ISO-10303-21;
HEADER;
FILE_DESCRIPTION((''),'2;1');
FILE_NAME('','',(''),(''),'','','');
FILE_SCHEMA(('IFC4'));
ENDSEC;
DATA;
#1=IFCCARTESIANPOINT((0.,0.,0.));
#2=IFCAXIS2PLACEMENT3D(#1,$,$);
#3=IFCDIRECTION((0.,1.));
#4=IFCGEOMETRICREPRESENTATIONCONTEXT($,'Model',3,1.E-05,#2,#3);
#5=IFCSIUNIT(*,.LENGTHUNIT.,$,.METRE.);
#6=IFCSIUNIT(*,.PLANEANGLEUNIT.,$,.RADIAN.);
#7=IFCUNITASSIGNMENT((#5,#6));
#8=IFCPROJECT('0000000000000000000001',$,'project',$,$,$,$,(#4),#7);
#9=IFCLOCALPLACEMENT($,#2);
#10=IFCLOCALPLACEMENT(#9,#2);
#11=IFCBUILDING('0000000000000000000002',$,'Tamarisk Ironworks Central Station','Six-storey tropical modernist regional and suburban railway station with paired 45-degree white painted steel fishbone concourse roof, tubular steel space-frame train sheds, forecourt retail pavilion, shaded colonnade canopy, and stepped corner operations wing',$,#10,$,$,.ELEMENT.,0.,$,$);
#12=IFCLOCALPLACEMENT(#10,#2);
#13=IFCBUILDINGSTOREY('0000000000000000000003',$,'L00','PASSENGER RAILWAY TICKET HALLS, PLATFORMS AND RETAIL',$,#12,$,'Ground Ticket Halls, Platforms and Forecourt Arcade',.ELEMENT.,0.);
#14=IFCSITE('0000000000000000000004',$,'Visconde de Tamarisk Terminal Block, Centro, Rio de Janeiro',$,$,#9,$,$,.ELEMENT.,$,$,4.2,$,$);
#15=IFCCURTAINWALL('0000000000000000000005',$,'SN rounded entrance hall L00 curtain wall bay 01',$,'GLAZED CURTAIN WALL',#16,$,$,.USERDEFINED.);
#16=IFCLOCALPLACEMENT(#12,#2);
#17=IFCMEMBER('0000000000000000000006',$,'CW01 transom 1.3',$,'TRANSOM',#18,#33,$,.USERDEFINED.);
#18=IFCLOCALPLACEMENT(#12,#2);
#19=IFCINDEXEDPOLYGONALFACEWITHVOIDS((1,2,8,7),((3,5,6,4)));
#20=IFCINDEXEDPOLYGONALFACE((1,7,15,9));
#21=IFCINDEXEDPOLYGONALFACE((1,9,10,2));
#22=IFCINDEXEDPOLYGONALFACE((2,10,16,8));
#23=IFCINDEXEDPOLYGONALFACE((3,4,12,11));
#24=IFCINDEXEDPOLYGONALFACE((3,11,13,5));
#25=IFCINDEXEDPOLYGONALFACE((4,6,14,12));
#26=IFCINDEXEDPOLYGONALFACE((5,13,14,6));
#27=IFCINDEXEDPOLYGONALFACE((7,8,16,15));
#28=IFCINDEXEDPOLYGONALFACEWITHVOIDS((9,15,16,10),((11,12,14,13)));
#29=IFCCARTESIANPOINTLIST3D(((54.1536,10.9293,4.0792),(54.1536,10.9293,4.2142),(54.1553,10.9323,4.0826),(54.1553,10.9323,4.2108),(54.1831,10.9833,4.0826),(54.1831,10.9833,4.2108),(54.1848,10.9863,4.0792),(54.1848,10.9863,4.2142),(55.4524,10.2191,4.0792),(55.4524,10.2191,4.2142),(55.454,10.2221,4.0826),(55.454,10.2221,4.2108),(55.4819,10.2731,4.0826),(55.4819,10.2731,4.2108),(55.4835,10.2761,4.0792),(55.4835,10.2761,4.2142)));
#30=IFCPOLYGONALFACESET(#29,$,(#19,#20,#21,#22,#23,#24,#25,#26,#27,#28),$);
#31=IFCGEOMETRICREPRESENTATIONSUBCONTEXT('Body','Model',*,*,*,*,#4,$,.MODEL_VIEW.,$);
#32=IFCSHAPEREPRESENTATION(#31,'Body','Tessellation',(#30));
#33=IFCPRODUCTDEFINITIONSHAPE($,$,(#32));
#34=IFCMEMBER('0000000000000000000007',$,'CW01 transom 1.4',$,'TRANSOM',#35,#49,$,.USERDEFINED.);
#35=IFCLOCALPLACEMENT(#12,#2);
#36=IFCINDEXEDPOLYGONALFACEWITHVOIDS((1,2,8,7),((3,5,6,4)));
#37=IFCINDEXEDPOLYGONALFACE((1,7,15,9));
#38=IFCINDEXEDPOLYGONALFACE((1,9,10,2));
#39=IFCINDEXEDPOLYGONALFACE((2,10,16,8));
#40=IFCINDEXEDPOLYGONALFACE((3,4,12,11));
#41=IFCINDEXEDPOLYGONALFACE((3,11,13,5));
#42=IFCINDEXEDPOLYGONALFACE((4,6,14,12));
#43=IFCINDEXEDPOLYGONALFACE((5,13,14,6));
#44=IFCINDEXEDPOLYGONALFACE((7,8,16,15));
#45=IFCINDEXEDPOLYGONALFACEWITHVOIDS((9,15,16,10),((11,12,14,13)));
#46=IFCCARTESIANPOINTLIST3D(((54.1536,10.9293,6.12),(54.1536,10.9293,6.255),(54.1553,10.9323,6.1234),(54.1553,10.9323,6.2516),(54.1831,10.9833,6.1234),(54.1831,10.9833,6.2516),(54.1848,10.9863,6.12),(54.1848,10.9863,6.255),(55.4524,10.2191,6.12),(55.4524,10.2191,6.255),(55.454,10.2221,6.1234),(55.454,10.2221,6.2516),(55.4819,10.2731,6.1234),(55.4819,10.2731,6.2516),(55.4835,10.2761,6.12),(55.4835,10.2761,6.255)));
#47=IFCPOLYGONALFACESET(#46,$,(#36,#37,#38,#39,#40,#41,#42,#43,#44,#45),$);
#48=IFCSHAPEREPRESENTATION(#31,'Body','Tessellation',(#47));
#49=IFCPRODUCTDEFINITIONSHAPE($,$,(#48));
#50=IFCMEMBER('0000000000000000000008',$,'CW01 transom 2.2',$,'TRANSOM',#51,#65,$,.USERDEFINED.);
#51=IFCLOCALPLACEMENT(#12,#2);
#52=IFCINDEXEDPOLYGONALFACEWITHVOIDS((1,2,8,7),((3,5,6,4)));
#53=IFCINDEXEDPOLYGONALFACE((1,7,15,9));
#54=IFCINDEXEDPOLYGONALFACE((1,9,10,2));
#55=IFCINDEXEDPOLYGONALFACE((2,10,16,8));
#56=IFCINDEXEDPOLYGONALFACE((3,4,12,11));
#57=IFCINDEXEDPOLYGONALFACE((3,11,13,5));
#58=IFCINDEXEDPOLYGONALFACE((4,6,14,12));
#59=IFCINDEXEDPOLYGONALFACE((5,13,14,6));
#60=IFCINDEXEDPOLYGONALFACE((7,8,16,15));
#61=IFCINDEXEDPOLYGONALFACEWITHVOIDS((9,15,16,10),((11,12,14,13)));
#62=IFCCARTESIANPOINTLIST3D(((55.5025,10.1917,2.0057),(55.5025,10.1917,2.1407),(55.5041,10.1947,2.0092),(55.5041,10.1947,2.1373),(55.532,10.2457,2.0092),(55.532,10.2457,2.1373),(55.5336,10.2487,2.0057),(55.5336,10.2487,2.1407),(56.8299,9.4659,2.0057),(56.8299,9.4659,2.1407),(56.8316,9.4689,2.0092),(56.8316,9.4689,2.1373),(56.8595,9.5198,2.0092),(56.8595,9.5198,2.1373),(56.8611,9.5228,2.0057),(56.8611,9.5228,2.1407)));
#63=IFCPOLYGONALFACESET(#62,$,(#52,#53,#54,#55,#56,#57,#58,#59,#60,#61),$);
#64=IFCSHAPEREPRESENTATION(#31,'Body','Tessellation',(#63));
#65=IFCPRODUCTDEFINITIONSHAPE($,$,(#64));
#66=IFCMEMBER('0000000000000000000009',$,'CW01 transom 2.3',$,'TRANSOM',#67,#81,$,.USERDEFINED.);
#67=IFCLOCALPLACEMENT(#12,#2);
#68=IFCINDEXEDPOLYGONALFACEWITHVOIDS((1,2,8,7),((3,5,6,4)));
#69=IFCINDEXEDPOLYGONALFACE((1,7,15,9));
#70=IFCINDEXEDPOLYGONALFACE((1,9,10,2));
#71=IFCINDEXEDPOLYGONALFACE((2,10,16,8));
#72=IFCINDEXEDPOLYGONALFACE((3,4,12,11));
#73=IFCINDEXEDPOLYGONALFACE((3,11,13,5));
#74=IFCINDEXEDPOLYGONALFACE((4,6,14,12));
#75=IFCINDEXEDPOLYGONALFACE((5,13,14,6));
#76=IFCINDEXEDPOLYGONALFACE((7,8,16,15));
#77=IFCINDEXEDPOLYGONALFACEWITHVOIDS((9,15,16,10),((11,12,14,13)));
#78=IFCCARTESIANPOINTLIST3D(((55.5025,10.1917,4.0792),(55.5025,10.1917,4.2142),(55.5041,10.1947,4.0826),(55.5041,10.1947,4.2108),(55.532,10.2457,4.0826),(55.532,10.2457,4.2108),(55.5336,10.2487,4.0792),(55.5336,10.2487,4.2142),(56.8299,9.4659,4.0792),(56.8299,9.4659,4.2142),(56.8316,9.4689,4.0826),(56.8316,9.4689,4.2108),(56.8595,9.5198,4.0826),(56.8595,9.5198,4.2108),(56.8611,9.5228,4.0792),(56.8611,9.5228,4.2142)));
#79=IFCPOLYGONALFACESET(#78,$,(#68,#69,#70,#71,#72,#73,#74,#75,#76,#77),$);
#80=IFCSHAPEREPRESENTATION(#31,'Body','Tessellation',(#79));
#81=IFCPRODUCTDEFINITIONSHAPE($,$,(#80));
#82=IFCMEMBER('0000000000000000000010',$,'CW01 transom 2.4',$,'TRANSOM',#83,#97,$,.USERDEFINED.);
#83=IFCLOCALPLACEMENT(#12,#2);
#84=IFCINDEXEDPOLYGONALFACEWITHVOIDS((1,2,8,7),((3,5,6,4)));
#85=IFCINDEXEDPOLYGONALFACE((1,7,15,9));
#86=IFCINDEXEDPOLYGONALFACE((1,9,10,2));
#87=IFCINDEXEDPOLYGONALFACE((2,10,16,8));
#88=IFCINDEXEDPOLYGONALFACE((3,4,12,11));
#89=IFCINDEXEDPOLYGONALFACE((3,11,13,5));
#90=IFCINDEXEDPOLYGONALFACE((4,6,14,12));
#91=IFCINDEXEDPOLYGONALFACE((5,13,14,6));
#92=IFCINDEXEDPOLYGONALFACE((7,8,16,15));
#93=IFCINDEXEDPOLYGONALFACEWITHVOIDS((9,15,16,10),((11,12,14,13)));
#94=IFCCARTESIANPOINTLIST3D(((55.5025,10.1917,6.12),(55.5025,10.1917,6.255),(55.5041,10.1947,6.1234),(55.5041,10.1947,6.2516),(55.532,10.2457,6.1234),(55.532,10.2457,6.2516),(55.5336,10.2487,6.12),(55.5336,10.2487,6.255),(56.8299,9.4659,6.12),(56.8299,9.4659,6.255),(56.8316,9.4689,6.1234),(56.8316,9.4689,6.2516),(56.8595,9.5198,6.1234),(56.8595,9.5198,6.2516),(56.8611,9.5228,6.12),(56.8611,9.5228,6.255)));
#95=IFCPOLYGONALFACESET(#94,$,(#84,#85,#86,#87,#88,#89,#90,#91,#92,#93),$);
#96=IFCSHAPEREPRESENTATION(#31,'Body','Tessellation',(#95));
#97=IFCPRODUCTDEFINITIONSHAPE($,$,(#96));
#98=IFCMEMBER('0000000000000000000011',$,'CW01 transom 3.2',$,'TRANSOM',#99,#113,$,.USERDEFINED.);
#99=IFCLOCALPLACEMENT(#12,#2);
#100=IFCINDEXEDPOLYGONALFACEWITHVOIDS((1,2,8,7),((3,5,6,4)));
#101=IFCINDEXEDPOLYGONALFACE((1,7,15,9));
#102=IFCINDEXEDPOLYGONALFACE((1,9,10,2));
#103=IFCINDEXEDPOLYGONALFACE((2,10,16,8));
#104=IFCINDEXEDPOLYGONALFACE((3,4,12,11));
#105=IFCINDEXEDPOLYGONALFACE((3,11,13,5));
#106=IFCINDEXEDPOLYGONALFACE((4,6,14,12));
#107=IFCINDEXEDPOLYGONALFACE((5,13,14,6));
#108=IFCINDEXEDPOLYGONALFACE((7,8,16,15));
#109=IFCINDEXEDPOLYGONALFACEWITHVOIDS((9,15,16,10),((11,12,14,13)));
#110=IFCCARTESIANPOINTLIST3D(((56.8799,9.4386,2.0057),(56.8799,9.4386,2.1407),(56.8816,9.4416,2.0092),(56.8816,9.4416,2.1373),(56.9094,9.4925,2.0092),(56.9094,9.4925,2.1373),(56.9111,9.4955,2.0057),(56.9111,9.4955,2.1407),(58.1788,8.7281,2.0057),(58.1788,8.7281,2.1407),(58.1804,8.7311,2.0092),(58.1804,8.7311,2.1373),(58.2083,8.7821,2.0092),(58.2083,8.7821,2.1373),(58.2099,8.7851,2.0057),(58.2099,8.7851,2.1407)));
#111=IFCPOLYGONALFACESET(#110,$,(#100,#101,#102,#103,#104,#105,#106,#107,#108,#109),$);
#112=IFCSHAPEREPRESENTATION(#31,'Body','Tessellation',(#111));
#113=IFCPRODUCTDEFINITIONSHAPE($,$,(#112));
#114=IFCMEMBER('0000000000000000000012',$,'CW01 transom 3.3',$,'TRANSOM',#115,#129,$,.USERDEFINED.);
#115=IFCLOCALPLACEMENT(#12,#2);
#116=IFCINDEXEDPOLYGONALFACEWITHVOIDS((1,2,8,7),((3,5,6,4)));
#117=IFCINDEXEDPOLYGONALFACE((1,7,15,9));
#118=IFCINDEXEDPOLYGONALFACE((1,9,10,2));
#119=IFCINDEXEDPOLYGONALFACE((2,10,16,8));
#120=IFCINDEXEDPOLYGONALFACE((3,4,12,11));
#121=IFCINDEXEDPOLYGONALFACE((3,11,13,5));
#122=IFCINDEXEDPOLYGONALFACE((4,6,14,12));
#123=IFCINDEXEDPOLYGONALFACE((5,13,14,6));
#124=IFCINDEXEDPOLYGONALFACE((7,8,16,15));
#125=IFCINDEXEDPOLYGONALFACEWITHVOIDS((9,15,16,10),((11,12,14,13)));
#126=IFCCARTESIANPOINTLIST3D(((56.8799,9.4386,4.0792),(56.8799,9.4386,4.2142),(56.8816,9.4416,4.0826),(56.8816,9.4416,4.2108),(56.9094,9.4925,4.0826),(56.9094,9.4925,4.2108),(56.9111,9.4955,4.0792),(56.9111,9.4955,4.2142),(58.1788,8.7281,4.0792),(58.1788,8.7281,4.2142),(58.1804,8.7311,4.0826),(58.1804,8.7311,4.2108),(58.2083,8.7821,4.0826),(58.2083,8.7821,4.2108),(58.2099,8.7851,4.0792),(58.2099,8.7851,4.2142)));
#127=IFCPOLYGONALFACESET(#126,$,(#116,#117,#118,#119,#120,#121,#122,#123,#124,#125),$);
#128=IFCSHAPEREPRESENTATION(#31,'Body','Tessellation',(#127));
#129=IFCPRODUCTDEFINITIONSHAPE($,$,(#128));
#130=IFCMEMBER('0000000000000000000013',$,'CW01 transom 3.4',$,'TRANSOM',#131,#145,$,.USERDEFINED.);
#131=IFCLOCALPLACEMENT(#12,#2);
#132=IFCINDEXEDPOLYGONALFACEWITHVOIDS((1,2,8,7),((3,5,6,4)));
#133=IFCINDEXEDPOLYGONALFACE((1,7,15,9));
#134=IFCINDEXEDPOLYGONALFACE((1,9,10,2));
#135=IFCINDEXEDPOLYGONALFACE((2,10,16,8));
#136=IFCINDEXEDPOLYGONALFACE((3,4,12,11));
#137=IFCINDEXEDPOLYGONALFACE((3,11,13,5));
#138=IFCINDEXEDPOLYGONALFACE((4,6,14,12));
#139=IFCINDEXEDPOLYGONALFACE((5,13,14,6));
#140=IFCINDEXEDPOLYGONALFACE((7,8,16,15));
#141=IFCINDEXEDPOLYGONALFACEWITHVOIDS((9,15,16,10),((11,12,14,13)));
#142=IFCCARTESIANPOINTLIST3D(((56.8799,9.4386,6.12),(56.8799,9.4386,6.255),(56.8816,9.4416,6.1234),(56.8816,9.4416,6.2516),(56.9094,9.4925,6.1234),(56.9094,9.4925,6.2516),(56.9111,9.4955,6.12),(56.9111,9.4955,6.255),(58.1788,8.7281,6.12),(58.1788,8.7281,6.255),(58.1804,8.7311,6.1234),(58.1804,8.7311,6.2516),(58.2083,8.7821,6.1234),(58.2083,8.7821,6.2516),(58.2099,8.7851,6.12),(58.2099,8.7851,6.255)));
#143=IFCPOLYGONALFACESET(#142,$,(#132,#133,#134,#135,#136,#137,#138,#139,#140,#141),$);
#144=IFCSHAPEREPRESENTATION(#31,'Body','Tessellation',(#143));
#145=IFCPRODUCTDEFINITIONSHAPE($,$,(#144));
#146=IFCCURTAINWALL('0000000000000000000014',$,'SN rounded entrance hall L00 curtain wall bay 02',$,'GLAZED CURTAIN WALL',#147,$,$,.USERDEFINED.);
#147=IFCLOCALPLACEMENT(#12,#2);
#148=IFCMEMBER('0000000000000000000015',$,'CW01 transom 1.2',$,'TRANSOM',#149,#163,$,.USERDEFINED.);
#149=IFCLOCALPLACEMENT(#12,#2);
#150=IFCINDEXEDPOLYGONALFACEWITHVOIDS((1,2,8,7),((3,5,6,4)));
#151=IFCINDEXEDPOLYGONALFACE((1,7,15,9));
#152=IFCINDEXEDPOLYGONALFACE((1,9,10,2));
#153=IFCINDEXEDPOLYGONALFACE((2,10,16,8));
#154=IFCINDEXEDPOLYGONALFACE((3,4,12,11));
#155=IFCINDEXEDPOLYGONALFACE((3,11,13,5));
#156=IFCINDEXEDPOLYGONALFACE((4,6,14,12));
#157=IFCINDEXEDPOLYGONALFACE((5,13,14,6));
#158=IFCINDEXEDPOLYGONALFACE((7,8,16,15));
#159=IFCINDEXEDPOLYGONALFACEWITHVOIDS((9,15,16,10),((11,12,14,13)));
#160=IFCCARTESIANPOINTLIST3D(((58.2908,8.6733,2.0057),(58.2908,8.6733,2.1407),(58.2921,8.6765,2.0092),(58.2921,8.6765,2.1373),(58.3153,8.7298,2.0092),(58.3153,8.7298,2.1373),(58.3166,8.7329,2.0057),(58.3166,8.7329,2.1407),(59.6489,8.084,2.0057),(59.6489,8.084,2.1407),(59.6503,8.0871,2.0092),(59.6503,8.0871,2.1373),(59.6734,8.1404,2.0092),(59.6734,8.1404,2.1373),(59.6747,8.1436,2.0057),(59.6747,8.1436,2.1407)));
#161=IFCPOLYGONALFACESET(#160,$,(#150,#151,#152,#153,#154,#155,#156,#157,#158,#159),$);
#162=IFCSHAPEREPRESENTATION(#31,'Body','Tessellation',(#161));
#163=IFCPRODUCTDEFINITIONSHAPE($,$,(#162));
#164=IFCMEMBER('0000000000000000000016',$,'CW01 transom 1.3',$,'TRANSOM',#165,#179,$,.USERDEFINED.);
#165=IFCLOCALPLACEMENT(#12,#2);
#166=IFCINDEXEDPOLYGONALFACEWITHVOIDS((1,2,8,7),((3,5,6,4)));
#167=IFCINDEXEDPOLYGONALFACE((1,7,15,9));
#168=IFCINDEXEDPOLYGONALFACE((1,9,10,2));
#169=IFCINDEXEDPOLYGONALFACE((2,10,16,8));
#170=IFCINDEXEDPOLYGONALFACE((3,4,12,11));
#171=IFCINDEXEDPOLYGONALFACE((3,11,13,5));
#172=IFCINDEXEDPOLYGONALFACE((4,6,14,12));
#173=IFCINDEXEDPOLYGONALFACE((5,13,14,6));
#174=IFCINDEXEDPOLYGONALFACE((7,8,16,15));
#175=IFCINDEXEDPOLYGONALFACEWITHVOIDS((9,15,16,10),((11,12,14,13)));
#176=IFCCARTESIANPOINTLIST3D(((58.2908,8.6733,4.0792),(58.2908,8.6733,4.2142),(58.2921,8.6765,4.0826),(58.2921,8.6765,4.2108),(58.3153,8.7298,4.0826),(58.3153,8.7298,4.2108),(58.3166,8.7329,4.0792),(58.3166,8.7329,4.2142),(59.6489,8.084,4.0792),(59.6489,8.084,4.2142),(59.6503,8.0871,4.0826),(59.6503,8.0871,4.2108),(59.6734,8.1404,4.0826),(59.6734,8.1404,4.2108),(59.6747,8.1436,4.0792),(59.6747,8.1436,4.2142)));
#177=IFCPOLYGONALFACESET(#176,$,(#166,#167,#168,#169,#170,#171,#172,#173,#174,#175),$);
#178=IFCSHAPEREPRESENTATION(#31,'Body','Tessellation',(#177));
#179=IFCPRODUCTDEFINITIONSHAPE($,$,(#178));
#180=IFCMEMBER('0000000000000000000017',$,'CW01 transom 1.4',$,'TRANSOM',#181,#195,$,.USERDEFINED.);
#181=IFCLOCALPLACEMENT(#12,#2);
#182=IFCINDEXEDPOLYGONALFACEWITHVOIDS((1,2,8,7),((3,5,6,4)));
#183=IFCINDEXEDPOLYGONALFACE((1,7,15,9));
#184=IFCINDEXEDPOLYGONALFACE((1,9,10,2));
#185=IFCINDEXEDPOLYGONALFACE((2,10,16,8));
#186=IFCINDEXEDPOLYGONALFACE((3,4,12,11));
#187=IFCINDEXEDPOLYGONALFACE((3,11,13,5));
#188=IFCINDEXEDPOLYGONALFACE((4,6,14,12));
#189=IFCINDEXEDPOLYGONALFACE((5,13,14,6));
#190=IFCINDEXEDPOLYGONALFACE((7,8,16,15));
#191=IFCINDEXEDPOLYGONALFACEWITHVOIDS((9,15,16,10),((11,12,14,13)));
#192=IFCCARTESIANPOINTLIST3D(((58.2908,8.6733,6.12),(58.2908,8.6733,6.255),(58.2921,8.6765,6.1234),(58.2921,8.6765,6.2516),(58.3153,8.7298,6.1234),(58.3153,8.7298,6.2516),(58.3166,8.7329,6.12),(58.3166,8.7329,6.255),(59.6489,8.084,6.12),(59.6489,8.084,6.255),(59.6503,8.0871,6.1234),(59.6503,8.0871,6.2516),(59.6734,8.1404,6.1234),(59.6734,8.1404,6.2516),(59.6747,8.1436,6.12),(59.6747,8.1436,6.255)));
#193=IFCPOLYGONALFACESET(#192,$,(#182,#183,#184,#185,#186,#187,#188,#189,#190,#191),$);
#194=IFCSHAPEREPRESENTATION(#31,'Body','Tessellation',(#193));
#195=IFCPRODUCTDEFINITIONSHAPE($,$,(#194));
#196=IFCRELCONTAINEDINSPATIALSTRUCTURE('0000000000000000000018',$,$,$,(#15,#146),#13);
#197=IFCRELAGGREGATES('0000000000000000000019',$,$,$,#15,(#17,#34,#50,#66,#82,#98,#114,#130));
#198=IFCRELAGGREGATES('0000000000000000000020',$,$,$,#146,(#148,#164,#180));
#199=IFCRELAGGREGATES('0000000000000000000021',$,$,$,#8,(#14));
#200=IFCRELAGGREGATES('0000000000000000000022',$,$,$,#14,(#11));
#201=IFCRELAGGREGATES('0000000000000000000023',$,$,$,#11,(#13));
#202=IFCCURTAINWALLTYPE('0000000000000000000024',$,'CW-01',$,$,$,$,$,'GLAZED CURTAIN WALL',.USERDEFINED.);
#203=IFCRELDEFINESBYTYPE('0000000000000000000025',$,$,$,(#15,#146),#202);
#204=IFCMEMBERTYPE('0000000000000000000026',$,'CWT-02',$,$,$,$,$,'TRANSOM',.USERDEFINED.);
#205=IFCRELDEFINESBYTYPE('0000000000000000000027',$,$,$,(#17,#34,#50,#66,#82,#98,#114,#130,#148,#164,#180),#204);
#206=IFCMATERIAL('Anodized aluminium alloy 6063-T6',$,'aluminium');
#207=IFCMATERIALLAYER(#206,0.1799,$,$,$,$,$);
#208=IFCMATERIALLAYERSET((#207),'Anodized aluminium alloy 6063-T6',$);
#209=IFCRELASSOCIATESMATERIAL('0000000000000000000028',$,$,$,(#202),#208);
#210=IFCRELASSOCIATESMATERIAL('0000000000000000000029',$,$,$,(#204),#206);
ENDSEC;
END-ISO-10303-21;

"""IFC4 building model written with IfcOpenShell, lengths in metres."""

from ifc_helpers import new_model, si_unit, direction, frame, origin, origin_2d, place, context, subcontext, project, spatial, hollow_rectangle, extrude, material, layer, layer_set, material_profile, profile_set, type_object, element, aggregate, save


model = new_model("IFC4")

# Units and contexts
model_context = context("Model", 3, precision=1e-05, world=origin(), true_north=direction((0.0, 1.0)))
body_context = subcontext(model_context, "Body", "Model", "MODEL_VIEW")
ifc_project = project(units=[si_unit("LENGTHUNIT", "METRE"), si_unit("PLANEANGLEUNIT", "RADIAN")], contexts=[model_context])

# Site, building, storey
site_placement = place(None, origin())
site = spatial("IfcSite", under=ifc_project, at=site_placement, Name="Visconde de Tamarisk Terminal Block, Centro, Rio de Janeiro", CompositionType="ELEMENT", RefElevation=4.2)
building_placement = place(site_placement, origin())
building = spatial("IfcBuilding", under=site, at=building_placement, Name="Tamarisk Ironworks Central Station", Description="Six-storey tropical modernist regional and suburban railway station with paired 45-degree white painted steel fishbone concourse roof, tubular steel space-frame train sheds, forecourt retail pavilion, shaded colonnade canopy, and stepped corner operations wing", CompositionType="ELEMENT", ElevationOfRefHeight=0.0)
storey_placement = place(building_placement, origin())
storey = spatial("IfcBuildingStorey", under=building, at=storey_placement, Name="L00", Description="PASSENGER RAILWAY TICKET HALLS, PLATFORMS AND RETAIL", LongName="Ground Ticket Halls, Platforms and Forecourt Arcade", CompositionType="ELEMENT", Elevation=0.0)

# Curtain walls, members
ifc_material_1 = material(Name="Anodized aluminium alloy 6063-T6", Category="aluminium")
ifc_layer_1 = layer(ifc_material_1, 0.1799)
ifc_layer_set_1 = layer_set([ifc_layer_1], Name="Anodized aluminium alloy 6063-T6")
curtain_wall_type = type_object("IfcCurtainWallType", Name="CW-01", ElementType="GLAZED CURTAIN WALL", PredefinedType="USERDEFINED", material=ifc_layer_set_1)
curtain_wall_1_placement = place(storey_placement, origin())
curtain_wall_1 = element("IfcCurtainWall", 1, at=curtain_wall_1_placement, inside=storey, type_object=curtain_wall_type, Name="SN rounded entrance hall L00 curtain wall bay 01", ObjectType="GLAZED CURTAIN WALL", PredefinedType="USERDEFINED")
ifc_material_profile = material_profile(ifc_material_1, hollow_rectangle(XDim=0.0649, YDim=0.135, WallThickness=0.0034, at=origin_2d()), Name="ALUM 135x65")
ifc_profile_set = profile_set([ifc_material_profile], Name="Anodized aluminium alloy 6063-T6")
member_type = type_object("IfcMemberType", Name="CWT-02", ElementType="TRANSOM", PredefinedType="USERDEFINED", material=ifc_profile_set)
member_1_placement = place(storey_placement, frame((54.1692, 10.9578, 4.1467), z_axis=(0.877397, -0.479765, 0.0), x_axis=(0.479765, 0.877397, 0.0)))
member_1 = element("IfcMember", 2, at=member_1_placement, type_object=member_type, Name="CW01 transom 1.3", ObjectType="TRANSOM", PredefinedType="USERDEFINED", context=body_context, shape_type="SweptSolid", body=[
    extrude(hollow_rectangle(XDim=0.0649, YDim=0.135, WallThickness=0.0034, at=origin_2d()), origin(), (0.0, 0.0, 1.0), 1.4802),
])
member_2_placement = place(storey_placement, frame((54.1692, 10.9578, 6.1875), z_axis=(0.877397, -0.479765, 0.0), x_axis=(0.479765, 0.877397, 0.0)))
member_2 = element("IfcMember", 3, at=member_2_placement, type_object=member_type, Name="CW01 transom 1.4", ObjectType="TRANSOM", PredefinedType="USERDEFINED", context=body_context, shape_type="SweptSolid", body=[
    extrude(hollow_rectangle(XDim=0.0649, YDim=0.135, WallThickness=0.0034, at=origin_2d()), origin(), (0.0, 0.0, 1.0), 1.4802),
])
member_3_placement = place(storey_placement, frame((55.5181, 10.2202, 2.0732), z_axis=(0.877396, -0.479768, 0.0), x_axis=(0.479768, 0.877396, 0.0)))
member_3 = element("IfcMember", 4, at=member_3_placement, type_object=member_type, Name="CW01 transom 2.2", ObjectType="TRANSOM", PredefinedType="USERDEFINED", context=body_context, shape_type="SweptSolid", body=[
    extrude(hollow_rectangle(XDim=0.0649, YDim=0.135, WallThickness=0.0034, at=origin_2d()), origin(), (0.0, 0.0, 1.0), 1.5129),
])
member_4_placement = place(storey_placement, frame((55.5181, 10.2202, 4.1467), z_axis=(0.877396, -0.479768, 0.0), x_axis=(0.479768, 0.877396, 0.0)))
member_4 = element("IfcMember", 5, at=member_4_placement, type_object=member_type, Name="CW01 transom 2.3", ObjectType="TRANSOM", PredefinedType="USERDEFINED", context=body_context, shape_type="SweptSolid", body=[
    extrude(hollow_rectangle(XDim=0.0649, YDim=0.135, WallThickness=0.0034, at=origin_2d()), origin(), (0.0, 0.0, 1.0), 1.5129),
])
member_5_placement = place(storey_placement, frame((55.5181, 10.2202, 6.1875), z_axis=(0.877396, -0.479768, 0.0), x_axis=(0.479768, 0.877396, 0.0)))
member_5 = element("IfcMember", 6, at=member_5_placement, type_object=member_type, Name="CW01 transom 2.4", ObjectType="TRANSOM", PredefinedType="USERDEFINED", context=body_context, shape_type="SweptSolid", body=[
    extrude(hollow_rectangle(XDim=0.0649, YDim=0.135, WallThickness=0.0034, at=origin_2d()), origin(), (0.0, 0.0, 1.0), 1.5129),
])
member_6_placement = place(storey_placement, frame((56.8955, 9.467, 2.0732), z_axis=(0.877328, -0.479892, 0.0), x_axis=(0.479892, 0.877328, 0.0)))
member_6 = element("IfcMember", 7, at=member_6_placement, type_object=member_type, Name="CW01 transom 3.2", ObjectType="TRANSOM", PredefinedType="USERDEFINED", context=body_context, shape_type="SweptSolid", body=[
    extrude(hollow_rectangle(XDim=0.0649, YDim=0.135, WallThickness=0.0034, at=origin_2d()), origin(), (0.0, 0.0, 1.0), 1.4805),
])
member_7_placement = place(storey_placement, frame((56.8955, 9.467, 4.1467), z_axis=(0.877328, -0.479892, 0.0), x_axis=(0.479892, 0.877328, 0.0)))
member_7 = element("IfcMember", 8, at=member_7_placement, type_object=member_type, Name="CW01 transom 3.3", ObjectType="TRANSOM", PredefinedType="USERDEFINED", context=body_context, shape_type="SweptSolid", body=[
    extrude(hollow_rectangle(XDim=0.0649, YDim=0.135, WallThickness=0.0034, at=origin_2d()), origin(), (0.0, 0.0, 1.0), 1.4805),
])
member_8_placement = place(storey_placement, frame((56.8955, 9.467, 6.1875), z_axis=(0.877328, -0.479892, 0.0), x_axis=(0.479892, 0.877328, 0.0)))
member_8 = element("IfcMember", 9, at=member_8_placement, type_object=member_type, Name="CW01 transom 3.4", ObjectType="TRANSOM", PredefinedType="USERDEFINED", context=body_context, shape_type="SweptSolid", body=[
    extrude(hollow_rectangle(XDim=0.0649, YDim=0.135, WallThickness=0.0034, at=origin_2d()), origin(), (0.0, 0.0, 1.0), 1.4805),
])
curtain_wall_2_placement = place(storey_placement, origin())
curtain_wall_2 = element("IfcCurtainWall", 10, at=curtain_wall_2_placement, inside=storey, type_object=curtain_wall_type, Name="SN rounded entrance hall L00 curtain wall bay 02", ObjectType="GLAZED CURTAIN WALL", PredefinedType="USERDEFINED")
member_9_placement = place(storey_placement, frame((58.3037, 8.7031, 2.0732), z_axis=(0.917353, -0.398075, 0.0), x_axis=(0.398075, 0.917353, 0.0)))
member_9 = element("IfcMember", 11, at=member_9_placement, type_object=member_type, Name="CW01 transom 1.2", ObjectType="TRANSOM", PredefinedType="USERDEFINED", context=body_context, shape_type="SweptSolid", body=[
    extrude(hollow_rectangle(XDim=0.0649, YDim=0.135, WallThickness=0.0034, at=origin_2d()), origin(), (0.0, 0.0, 1.0), 1.4805),
])
member_10_placement = place(storey_placement, frame((58.3037, 8.7031, 4.1467), z_axis=(0.917353, -0.398075, 0.0), x_axis=(0.398075, 0.917353, 0.0)))
member_10 = element("IfcMember", 12, at=member_10_placement, type_object=member_type, Name="CW01 transom 1.3", ObjectType="TRANSOM", PredefinedType="USERDEFINED", context=body_context, shape_type="SweptSolid", body=[
    extrude(hollow_rectangle(XDim=0.0649, YDim=0.135, WallThickness=0.0034, at=origin_2d()), origin(), (0.0, 0.0, 1.0), 1.4805),
])
member_11_placement = place(storey_placement, frame((58.3037, 8.7031, 6.1875), z_axis=(0.917353, -0.398075, 0.0), x_axis=(0.398075, 0.917353, 0.0)))
member_11 = element("IfcMember", 13, at=member_11_placement, type_object=member_type, Name="CW01 transom 1.4", ObjectType="TRANSOM", PredefinedType="USERDEFINED", context=body_context, shape_type="SweptSolid", body=[
    extrude(hollow_rectangle(XDim=0.0649, YDim=0.135, WallThickness=0.0034, at=origin_2d()), origin(), (0.0, 0.0, 1.0), 1.4805),
])

aggregate(curtain_wall_1, [member_1, member_2, member_3, member_4, member_5, member_6, member_7, member_8])
aggregate(curtain_wall_2, [member_9, member_10, member_11])

save(model, "model.ifc")
